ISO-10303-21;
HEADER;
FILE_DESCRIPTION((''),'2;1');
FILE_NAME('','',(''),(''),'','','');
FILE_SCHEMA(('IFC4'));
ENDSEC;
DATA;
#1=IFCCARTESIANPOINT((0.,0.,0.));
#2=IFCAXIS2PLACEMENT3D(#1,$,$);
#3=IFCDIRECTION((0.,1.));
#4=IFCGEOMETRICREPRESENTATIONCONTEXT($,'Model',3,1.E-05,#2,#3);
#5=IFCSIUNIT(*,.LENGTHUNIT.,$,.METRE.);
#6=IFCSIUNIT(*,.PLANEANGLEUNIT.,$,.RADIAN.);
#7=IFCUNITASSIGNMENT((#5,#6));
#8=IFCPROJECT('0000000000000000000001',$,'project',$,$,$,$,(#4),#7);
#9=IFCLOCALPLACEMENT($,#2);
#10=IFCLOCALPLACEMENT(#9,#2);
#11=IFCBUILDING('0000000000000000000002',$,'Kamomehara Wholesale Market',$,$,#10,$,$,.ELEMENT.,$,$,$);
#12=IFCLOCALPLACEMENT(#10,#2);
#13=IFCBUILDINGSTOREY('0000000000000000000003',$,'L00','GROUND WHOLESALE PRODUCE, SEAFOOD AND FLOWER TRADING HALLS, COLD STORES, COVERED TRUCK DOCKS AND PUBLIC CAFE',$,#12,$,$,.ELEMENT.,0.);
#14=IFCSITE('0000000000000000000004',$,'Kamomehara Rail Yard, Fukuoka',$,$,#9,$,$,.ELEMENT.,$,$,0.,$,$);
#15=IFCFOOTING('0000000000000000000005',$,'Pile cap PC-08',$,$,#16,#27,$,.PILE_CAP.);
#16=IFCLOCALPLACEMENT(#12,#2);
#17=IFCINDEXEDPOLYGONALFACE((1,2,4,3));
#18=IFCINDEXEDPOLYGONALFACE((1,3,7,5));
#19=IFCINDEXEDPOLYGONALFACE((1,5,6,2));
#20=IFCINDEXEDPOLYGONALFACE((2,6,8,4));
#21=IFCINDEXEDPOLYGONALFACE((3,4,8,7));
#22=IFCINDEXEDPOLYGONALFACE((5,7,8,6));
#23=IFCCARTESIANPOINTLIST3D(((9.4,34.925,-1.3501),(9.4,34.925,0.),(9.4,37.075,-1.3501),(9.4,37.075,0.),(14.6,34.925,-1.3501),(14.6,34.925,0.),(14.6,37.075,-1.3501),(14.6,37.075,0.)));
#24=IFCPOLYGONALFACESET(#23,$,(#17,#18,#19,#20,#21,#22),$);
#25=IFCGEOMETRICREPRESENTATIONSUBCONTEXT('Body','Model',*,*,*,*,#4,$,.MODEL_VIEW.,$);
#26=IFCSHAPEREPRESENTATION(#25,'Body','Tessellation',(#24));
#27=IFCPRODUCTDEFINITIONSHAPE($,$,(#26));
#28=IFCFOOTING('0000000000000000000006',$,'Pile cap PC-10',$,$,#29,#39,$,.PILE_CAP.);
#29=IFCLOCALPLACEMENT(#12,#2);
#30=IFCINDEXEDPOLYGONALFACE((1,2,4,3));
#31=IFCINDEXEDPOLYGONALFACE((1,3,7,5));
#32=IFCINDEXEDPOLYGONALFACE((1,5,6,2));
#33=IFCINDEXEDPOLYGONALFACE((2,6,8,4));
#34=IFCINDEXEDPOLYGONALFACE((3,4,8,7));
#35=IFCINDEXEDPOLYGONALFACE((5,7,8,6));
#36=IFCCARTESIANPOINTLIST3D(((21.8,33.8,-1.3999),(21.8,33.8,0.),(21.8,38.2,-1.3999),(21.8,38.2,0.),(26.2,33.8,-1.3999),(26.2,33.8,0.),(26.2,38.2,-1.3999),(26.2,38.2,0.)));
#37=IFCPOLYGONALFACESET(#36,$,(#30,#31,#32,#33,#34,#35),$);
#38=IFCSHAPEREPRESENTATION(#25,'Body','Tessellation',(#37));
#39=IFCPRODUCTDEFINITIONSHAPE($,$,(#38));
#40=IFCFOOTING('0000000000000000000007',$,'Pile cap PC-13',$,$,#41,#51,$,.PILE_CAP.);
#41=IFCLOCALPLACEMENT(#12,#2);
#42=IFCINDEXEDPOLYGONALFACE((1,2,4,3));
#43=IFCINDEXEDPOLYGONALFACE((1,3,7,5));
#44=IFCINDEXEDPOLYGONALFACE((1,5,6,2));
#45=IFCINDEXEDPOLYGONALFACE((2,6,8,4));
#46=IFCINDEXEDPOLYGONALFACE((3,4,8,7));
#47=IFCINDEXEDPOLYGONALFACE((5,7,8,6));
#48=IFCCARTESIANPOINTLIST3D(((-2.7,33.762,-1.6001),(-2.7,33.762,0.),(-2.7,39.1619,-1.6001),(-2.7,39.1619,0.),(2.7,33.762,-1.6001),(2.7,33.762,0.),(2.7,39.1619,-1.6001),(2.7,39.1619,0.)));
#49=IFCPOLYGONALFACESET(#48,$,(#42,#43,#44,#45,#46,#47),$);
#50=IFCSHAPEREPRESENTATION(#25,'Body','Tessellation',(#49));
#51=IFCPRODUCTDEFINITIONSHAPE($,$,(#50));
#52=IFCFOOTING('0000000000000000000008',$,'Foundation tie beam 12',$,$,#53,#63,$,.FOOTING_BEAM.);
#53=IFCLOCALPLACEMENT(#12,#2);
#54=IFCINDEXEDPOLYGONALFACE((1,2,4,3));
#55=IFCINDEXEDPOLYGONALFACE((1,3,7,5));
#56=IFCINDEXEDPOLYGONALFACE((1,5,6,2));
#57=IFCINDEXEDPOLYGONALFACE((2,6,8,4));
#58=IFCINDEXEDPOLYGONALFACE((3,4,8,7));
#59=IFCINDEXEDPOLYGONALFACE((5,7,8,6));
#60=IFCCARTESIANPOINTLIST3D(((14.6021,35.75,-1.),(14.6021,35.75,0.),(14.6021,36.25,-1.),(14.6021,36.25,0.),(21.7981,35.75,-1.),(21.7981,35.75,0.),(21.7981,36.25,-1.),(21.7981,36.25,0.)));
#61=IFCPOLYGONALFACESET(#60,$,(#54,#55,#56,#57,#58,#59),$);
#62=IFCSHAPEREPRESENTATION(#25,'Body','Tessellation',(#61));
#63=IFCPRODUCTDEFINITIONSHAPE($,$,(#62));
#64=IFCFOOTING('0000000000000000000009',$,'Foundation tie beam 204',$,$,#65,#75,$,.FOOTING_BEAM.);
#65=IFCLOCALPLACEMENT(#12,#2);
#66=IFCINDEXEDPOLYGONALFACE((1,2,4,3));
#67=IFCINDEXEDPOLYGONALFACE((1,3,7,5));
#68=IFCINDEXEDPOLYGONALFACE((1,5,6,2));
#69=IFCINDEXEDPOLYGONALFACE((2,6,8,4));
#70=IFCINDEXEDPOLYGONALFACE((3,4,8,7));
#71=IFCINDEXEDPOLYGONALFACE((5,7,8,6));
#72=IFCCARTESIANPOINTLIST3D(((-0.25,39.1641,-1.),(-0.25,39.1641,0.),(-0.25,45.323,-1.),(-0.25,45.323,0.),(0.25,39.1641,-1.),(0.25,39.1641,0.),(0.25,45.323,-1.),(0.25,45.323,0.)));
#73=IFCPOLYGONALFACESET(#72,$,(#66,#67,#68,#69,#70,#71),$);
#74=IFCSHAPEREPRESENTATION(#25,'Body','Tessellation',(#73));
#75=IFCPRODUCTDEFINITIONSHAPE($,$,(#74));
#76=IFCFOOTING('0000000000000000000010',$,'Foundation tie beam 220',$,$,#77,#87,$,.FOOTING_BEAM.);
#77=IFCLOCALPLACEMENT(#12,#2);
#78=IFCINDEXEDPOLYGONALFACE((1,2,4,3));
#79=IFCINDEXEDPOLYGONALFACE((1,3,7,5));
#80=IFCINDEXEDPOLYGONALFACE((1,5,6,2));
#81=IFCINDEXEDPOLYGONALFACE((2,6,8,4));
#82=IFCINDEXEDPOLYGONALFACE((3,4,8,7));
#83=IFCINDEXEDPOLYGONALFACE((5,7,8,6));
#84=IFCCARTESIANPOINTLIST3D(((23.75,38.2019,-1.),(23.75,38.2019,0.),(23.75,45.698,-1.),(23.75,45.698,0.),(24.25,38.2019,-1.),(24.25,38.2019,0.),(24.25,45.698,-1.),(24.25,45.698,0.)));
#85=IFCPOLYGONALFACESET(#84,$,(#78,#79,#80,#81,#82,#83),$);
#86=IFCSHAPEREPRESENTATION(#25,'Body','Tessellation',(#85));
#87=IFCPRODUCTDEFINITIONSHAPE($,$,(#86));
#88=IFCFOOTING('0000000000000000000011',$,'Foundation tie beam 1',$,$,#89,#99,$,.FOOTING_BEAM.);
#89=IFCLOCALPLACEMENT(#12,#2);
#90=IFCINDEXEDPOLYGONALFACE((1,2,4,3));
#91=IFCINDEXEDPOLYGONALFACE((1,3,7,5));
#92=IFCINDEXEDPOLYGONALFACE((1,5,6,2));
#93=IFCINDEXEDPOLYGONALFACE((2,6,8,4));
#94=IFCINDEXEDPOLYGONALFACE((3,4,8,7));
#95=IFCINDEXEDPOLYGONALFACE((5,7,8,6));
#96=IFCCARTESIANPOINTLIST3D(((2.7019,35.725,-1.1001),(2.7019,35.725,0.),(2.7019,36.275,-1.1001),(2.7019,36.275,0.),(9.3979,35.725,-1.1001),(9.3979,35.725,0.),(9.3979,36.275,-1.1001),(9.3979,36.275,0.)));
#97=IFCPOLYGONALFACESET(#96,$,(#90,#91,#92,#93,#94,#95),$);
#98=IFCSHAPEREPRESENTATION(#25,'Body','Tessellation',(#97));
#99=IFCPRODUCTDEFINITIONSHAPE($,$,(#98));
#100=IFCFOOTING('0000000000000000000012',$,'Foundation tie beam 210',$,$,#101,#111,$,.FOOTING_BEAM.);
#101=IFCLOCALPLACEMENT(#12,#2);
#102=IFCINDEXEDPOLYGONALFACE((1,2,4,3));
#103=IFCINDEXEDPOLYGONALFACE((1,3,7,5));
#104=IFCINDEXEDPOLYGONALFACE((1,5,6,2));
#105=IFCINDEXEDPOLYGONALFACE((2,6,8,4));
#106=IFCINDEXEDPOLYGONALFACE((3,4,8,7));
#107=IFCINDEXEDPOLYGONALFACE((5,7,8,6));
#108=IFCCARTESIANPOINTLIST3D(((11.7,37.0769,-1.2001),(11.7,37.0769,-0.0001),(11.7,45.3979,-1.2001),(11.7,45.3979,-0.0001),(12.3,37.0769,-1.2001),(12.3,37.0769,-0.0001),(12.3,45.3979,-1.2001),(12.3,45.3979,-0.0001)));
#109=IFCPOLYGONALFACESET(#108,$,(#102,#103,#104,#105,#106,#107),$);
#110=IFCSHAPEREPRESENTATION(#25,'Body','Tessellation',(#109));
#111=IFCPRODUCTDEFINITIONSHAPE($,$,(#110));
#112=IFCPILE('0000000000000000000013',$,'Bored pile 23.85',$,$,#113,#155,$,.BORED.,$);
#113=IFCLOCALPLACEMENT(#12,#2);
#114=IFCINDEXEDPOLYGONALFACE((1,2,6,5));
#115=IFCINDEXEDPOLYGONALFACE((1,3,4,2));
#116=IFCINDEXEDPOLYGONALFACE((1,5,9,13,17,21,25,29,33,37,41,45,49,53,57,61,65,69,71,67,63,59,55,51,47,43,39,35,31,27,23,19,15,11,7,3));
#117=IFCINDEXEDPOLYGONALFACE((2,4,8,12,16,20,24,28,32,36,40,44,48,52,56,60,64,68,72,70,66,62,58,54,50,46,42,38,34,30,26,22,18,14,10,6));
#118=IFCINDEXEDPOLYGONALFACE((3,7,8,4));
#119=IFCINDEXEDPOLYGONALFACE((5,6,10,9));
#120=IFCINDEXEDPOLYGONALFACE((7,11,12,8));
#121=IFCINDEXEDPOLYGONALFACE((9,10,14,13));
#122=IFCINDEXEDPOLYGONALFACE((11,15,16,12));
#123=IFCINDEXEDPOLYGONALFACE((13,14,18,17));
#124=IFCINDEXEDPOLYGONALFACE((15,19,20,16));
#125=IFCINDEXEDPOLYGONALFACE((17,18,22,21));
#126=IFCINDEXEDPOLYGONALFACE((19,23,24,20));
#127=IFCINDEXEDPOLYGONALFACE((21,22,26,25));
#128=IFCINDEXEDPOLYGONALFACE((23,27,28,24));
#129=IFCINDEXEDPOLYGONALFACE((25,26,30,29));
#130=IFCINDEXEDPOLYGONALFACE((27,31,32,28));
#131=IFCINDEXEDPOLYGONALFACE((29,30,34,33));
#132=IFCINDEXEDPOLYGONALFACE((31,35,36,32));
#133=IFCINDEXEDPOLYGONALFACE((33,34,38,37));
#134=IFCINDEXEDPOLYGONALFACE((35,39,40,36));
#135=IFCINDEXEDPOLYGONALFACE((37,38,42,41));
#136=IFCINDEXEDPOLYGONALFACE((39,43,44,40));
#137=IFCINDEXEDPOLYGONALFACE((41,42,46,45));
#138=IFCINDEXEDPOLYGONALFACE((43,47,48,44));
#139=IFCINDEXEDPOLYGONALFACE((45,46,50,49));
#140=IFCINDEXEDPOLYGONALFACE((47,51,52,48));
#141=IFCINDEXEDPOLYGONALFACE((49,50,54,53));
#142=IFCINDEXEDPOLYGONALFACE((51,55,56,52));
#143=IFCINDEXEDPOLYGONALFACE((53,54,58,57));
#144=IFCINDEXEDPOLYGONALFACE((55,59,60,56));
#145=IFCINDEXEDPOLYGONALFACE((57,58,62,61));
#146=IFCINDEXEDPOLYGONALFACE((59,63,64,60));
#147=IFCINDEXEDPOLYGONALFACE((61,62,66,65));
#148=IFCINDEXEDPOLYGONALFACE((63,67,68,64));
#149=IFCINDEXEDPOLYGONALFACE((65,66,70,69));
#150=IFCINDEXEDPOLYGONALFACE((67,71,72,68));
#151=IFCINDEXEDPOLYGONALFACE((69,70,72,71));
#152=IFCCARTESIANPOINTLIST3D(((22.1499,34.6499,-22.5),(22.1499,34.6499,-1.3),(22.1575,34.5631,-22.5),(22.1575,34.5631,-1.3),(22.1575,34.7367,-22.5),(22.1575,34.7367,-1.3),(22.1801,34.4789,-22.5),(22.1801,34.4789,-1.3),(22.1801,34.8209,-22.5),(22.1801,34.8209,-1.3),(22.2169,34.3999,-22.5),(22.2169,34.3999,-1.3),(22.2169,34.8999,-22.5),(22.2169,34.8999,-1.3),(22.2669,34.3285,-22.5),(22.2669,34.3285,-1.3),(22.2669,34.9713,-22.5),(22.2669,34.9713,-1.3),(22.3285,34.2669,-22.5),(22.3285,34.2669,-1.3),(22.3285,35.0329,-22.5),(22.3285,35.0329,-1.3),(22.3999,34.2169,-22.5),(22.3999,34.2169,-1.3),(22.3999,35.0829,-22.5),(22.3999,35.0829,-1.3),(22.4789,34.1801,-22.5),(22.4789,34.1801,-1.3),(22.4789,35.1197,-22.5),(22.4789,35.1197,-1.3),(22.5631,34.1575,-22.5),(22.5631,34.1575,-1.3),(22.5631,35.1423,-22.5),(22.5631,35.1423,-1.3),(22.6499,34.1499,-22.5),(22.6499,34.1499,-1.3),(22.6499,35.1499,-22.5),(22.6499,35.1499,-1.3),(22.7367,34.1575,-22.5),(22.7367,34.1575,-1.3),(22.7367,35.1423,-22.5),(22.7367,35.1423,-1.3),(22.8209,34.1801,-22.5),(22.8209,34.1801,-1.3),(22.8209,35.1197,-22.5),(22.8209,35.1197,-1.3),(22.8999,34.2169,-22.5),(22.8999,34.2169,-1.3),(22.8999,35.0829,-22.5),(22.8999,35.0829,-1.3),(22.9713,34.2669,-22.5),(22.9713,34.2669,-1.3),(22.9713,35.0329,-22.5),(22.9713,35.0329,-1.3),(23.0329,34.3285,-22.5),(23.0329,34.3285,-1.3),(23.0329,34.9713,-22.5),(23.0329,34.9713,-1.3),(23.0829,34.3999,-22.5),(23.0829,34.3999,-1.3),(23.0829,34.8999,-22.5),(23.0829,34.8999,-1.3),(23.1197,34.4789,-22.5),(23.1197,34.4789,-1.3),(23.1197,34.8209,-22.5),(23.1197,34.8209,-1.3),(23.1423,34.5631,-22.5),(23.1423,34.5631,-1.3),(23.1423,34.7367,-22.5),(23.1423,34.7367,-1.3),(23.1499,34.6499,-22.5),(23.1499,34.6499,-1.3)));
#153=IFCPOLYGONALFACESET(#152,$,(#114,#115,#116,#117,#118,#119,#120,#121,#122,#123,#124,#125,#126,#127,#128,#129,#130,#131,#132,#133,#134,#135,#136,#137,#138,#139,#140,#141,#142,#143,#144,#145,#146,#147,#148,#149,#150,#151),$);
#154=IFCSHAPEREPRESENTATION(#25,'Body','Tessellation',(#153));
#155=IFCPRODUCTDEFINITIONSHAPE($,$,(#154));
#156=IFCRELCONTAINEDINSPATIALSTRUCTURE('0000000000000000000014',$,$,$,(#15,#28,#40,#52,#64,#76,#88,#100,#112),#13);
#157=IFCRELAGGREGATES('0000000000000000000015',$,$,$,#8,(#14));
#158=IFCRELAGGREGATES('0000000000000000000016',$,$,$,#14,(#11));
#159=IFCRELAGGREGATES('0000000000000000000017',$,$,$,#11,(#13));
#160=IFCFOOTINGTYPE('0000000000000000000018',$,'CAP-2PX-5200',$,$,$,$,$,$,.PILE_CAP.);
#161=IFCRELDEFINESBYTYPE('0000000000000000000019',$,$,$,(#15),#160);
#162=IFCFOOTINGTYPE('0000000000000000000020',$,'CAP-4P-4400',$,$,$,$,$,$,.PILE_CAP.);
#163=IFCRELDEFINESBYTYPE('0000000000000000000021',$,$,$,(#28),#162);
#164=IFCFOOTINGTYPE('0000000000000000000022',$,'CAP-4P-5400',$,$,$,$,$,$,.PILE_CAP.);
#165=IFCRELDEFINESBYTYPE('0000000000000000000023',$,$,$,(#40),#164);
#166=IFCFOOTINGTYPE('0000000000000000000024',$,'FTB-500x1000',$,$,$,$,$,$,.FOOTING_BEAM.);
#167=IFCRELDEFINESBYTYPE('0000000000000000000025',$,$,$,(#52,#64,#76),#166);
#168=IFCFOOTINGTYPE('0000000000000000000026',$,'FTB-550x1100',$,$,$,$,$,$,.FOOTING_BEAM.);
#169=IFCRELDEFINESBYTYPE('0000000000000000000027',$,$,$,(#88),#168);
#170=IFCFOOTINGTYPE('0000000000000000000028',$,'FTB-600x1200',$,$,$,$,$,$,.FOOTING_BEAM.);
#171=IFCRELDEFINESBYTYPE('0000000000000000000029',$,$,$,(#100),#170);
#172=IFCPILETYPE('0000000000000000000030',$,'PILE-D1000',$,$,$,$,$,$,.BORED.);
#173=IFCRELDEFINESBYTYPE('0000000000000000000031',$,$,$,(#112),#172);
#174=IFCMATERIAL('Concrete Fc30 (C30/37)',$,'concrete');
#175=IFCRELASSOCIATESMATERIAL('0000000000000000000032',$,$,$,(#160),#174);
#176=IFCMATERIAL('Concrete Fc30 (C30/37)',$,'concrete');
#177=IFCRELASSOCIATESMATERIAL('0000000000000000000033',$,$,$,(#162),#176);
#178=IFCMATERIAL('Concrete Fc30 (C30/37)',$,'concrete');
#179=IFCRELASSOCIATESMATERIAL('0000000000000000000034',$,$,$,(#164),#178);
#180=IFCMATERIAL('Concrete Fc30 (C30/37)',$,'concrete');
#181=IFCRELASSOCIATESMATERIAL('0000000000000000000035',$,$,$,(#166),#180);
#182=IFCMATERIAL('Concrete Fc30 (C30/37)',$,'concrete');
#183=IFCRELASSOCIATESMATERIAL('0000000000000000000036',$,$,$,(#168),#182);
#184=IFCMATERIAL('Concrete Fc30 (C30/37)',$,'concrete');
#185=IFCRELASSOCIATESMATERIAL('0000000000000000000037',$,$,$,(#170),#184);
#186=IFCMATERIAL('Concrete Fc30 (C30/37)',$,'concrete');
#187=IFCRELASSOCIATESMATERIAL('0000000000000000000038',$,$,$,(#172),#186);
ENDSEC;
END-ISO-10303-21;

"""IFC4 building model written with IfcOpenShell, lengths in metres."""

from ifc_helpers import new_model, si_unit, direction, frame, origin, origin_2d, place, context, subcontext, project, spatial, rectangle, circle, extrude, material, material_profile, profile_set, type_object, element, save


model = new_model("IFC4")

# Units and contexts
model_context = context("Model", 3, precision=1e-05, world=origin(), true_north=direction((0.0, 1.0)))
body_context = subcontext(model_context, "Body", "Model", "MODEL_VIEW")
ifc_project = project(units=[si_unit("LENGTHUNIT", "METRE"), si_unit("PLANEANGLEUNIT", "RADIAN")], contexts=[model_context])

# Site, building, storey
site_placement = place(None, origin())
site = spatial("IfcSite", under=ifc_project, at=site_placement, Name="Kamomehara Rail Yard, Fukuoka", CompositionType="ELEMENT", RefElevation=0.0)
building_placement = place(site_placement, origin())
building = spatial("IfcBuilding", under=site, at=building_placement, Name="Kamomehara Wholesale Market", CompositionType="ELEMENT")
storey_placement = place(building_placement, origin())
storey = spatial("IfcBuildingStorey", under=building, at=storey_placement, Name="L00", Description="GROUND WHOLESALE PRODUCE, SEAFOOD AND FLOWER TRADING HALLS, COLD STORES, COVERED TRUCK DOCKS AND PUBLIC CAFE", CompositionType="ELEMENT", Elevation=0.0)

# Footings
ifc_material_1 = material(Name="Concrete Fc30 (C30/37)", Category="concrete")
footing_type_1 = type_object("IfcFootingType", Name="CAP-2PX-5200", PredefinedType="PILE_CAP", material=ifc_material_1)
footing_1_placement = place(storey_placement, frame((12.0, 36.0, -1.3501), z_axis=(0.0, 0.0, 1.0), x_axis=(1.0, 0.0, 0.0)))
element("IfcFooting", 1, at=footing_1_placement, inside=storey, type_object=footing_type_1, Name="Pile cap PC-08", PredefinedType="PILE_CAP", context=body_context, shape_type="SweptSolid", body=[
    extrude(rectangle(XDim=5.2, YDim=2.1499, at=origin_2d()), origin(), (0.0, 0.0, 1.0), 1.3501),
])
ifc_material_2 = material(Name="Concrete Fc30 (C30/37)", Category="concrete")
footing_type_2 = type_object("IfcFootingType", Name="CAP-4P-4400", PredefinedType="PILE_CAP", material=ifc_material_2)
footing_2_placement = place(storey_placement, frame((24.0, 36.0, -1.3999), z_axis=(0.0, 0.0, 1.0), x_axis=(1.0, 0.0, 0.0)))
element("IfcFooting", 2, at=footing_2_placement, inside=storey, type_object=footing_type_2, Name="Pile cap PC-10", PredefinedType="PILE_CAP", context=body_context, shape_type="SweptSolid", body=[
    extrude(rectangle(XDim=4.3999, YDim=4.3999, at=origin_2d()), origin(), (0.0, 0.0, 1.0), 1.3999),
])
ifc_material_3 = material(Name="Concrete Fc30 (C30/37)", Category="concrete")
footing_type_3 = type_object("IfcFootingType", Name="CAP-4P-5400", PredefinedType="PILE_CAP", material=ifc_material_3)
footing_3_placement = place(storey_placement, frame((0.0, 36.4619, -1.6001), z_axis=(0.0, 0.0, 1.0), x_axis=(1.0, 0.0, 0.0)))
element("IfcFooting", 3, at=footing_3_placement, inside=storey, type_object=footing_type_3, Name="Pile cap PC-13", PredefinedType="PILE_CAP", context=body_context, shape_type="SweptSolid", body=[
    extrude(rectangle(XDim=5.3999, YDim=5.3999, at=origin_2d()), origin(), (0.0, 0.0, 1.0), 1.6001),
])
ifc_material_4 = material(Name="Concrete Fc30 (C30/37)", Category="concrete")
ifc_material_profile_1 = material_profile(ifc_material_4, rectangle(XDim=0.5, YDim=1.0, at=origin_2d()), Name="RC-FTB-500x1000")
ifc_profile_set_1 = profile_set([ifc_material_profile_1], Name="Concrete Fc30 (C30/37)")
footing_type_4 = type_object("IfcFootingType", Name="FTB-500x1000", PredefinedType="FOOTING_BEAM", material=ifc_profile_set_1)
footing_4_placement = place(storey_placement, frame((14.6021, 36.0, -0.5), z_axis=(1.0, 0.0, 0.0), x_axis=(0.0, 1.0, 0.0)))
element("IfcFooting", 4, at=footing_4_placement, inside=storey, type_object=footing_type_4, Name="Foundation tie beam 12", PredefinedType="FOOTING_BEAM", context=body_context, shape_type="SweptSolid", body=[
    extrude(rectangle(XDim=0.5, YDim=1.0, at=origin_2d()), origin(), (0.0, 0.0, 1.0), 7.196),
])
footing_5_placement = place(storey_placement, frame((0.0, 39.1641, -0.5), z_axis=(0.0, 1.0, 0.0), x_axis=(-1.0, 0.0, 0.0)))
element("IfcFooting", 5, at=footing_5_placement, inside=storey, type_object=footing_type_4, Name="Foundation tie beam 204", PredefinedType="FOOTING_BEAM", context=body_context, shape_type="SweptSolid", body=[
    extrude(rectangle(XDim=0.5, YDim=1.0, at=origin_2d()), origin(), (0.0, 0.0, 1.0), 6.1589),
])
footing_6_placement = place(storey_placement, frame((24.0, 38.2019, -0.5), z_axis=(0.0, 1.0, 0.0), x_axis=(-1.0, 0.0, 0.0)))
element("IfcFooting", 6, at=footing_6_placement, inside=storey, type_object=footing_type_4, Name="Foundation tie beam 220", PredefinedType="FOOTING_BEAM", context=body_context, shape_type="SweptSolid", body=[
    extrude(rectangle(XDim=0.5, YDim=1.0, at=origin_2d()), origin(), (0.0, 0.0, 1.0), 7.4961),
])
ifc_material_5 = material(Name="Concrete Fc30 (C30/37)", Category="concrete")
ifc_material_profile_2 = material_profile(ifc_material_5, rectangle(XDim=0.55, YDim=1.1001, at=origin_2d()), Name="RC-FTB-550x1100")
ifc_profile_set_2 = profile_set([ifc_material_profile_2], Name="Concrete Fc30 (C30/37)")
footing_type_5 = type_object("IfcFootingType", Name="FTB-550x1100", PredefinedType="FOOTING_BEAM", material=ifc_profile_set_2)
footing_7_placement = place(storey_placement, frame((2.7019, 36.0, -0.55), z_axis=(1.0, 0.0, 0.0), x_axis=(0.0, 1.0, 0.0)))
element("IfcFooting", 7, at=footing_7_placement, inside=storey, type_object=footing_type_5, Name="Foundation tie beam 1", PredefinedType="FOOTING_BEAM", context=body_context, shape_type="SweptSolid", body=[
    extrude(rectangle(XDim=0.55, YDim=1.1001, at=origin_2d()), origin(), (0.0, 0.0, 1.0), 6.696),
])
ifc_material_6 = material(Name="Concrete Fc30 (C30/37)", Category="concrete")
ifc_material_profile_3 = material_profile(ifc_material_6, rectangle(XDim=0.6001, YDim=1.2, at=origin_2d()), Name="RC-FTB-600x1200")
ifc_profile_set_3 = profile_set([ifc_material_profile_3], Name="Concrete Fc30 (C30/37)")
footing_type_6 = type_object("IfcFootingType", Name="FTB-600x1200", PredefinedType="FOOTING_BEAM", material=ifc_profile_set_3)
footing_8_placement = place(storey_placement, frame((12.0, 37.0769, -0.6001), z_axis=(0.0, 1.0, 0.0), x_axis=(-1.0, 0.0, 0.0)))
element("IfcFooting", 8, at=footing_8_placement, inside=storey, type_object=footing_type_6, Name="Foundation tie beam 210", PredefinedType="FOOTING_BEAM", context=body_context, shape_type="SweptSolid", body=[
    extrude(rectangle(XDim=0.6001, YDim=1.2, at=origin_2d()), origin(), (0.0, 0.0, 1.0), 8.321),
])

# Pile
ifc_material_7 = material(Name="Concrete Fc30 (C30/37)", Category="concrete")
ifc_material_profile_4 = material_profile(ifc_material_7, circle(Radius=0.5, at=origin_2d()), Name="RC-PILE-D1000")
ifc_profile_set_4 = profile_set([ifc_material_profile_4], Name="Concrete Fc30 (C30/37)")
pile_type_1 = type_object("IfcPileType", Name="PILE-D1000", PredefinedType="BORED", material=ifc_profile_set_4)
for number, where, z_axis, x_axis, name in (
    (9, (22.6499, 34.6499, -1.3), (0.0, 0.0, -1.0), (1.0, 0.0, 0.0), "Bored pile 23.85"),
):
    element("IfcPile", number, at=place(storey_placement, frame(where, z_axis=z_axis, x_axis=x_axis)), inside=storey, type_object=pile_type_1, Name=name, PredefinedType="BORED", context=body_context, shape_type="SweptSolid", body=[
        extrude(circle(Radius=0.5, at=origin_2d()), origin(), (0.0, 0.0, 1.0), 21.2),
    ])

save(model, "model.ifc")
